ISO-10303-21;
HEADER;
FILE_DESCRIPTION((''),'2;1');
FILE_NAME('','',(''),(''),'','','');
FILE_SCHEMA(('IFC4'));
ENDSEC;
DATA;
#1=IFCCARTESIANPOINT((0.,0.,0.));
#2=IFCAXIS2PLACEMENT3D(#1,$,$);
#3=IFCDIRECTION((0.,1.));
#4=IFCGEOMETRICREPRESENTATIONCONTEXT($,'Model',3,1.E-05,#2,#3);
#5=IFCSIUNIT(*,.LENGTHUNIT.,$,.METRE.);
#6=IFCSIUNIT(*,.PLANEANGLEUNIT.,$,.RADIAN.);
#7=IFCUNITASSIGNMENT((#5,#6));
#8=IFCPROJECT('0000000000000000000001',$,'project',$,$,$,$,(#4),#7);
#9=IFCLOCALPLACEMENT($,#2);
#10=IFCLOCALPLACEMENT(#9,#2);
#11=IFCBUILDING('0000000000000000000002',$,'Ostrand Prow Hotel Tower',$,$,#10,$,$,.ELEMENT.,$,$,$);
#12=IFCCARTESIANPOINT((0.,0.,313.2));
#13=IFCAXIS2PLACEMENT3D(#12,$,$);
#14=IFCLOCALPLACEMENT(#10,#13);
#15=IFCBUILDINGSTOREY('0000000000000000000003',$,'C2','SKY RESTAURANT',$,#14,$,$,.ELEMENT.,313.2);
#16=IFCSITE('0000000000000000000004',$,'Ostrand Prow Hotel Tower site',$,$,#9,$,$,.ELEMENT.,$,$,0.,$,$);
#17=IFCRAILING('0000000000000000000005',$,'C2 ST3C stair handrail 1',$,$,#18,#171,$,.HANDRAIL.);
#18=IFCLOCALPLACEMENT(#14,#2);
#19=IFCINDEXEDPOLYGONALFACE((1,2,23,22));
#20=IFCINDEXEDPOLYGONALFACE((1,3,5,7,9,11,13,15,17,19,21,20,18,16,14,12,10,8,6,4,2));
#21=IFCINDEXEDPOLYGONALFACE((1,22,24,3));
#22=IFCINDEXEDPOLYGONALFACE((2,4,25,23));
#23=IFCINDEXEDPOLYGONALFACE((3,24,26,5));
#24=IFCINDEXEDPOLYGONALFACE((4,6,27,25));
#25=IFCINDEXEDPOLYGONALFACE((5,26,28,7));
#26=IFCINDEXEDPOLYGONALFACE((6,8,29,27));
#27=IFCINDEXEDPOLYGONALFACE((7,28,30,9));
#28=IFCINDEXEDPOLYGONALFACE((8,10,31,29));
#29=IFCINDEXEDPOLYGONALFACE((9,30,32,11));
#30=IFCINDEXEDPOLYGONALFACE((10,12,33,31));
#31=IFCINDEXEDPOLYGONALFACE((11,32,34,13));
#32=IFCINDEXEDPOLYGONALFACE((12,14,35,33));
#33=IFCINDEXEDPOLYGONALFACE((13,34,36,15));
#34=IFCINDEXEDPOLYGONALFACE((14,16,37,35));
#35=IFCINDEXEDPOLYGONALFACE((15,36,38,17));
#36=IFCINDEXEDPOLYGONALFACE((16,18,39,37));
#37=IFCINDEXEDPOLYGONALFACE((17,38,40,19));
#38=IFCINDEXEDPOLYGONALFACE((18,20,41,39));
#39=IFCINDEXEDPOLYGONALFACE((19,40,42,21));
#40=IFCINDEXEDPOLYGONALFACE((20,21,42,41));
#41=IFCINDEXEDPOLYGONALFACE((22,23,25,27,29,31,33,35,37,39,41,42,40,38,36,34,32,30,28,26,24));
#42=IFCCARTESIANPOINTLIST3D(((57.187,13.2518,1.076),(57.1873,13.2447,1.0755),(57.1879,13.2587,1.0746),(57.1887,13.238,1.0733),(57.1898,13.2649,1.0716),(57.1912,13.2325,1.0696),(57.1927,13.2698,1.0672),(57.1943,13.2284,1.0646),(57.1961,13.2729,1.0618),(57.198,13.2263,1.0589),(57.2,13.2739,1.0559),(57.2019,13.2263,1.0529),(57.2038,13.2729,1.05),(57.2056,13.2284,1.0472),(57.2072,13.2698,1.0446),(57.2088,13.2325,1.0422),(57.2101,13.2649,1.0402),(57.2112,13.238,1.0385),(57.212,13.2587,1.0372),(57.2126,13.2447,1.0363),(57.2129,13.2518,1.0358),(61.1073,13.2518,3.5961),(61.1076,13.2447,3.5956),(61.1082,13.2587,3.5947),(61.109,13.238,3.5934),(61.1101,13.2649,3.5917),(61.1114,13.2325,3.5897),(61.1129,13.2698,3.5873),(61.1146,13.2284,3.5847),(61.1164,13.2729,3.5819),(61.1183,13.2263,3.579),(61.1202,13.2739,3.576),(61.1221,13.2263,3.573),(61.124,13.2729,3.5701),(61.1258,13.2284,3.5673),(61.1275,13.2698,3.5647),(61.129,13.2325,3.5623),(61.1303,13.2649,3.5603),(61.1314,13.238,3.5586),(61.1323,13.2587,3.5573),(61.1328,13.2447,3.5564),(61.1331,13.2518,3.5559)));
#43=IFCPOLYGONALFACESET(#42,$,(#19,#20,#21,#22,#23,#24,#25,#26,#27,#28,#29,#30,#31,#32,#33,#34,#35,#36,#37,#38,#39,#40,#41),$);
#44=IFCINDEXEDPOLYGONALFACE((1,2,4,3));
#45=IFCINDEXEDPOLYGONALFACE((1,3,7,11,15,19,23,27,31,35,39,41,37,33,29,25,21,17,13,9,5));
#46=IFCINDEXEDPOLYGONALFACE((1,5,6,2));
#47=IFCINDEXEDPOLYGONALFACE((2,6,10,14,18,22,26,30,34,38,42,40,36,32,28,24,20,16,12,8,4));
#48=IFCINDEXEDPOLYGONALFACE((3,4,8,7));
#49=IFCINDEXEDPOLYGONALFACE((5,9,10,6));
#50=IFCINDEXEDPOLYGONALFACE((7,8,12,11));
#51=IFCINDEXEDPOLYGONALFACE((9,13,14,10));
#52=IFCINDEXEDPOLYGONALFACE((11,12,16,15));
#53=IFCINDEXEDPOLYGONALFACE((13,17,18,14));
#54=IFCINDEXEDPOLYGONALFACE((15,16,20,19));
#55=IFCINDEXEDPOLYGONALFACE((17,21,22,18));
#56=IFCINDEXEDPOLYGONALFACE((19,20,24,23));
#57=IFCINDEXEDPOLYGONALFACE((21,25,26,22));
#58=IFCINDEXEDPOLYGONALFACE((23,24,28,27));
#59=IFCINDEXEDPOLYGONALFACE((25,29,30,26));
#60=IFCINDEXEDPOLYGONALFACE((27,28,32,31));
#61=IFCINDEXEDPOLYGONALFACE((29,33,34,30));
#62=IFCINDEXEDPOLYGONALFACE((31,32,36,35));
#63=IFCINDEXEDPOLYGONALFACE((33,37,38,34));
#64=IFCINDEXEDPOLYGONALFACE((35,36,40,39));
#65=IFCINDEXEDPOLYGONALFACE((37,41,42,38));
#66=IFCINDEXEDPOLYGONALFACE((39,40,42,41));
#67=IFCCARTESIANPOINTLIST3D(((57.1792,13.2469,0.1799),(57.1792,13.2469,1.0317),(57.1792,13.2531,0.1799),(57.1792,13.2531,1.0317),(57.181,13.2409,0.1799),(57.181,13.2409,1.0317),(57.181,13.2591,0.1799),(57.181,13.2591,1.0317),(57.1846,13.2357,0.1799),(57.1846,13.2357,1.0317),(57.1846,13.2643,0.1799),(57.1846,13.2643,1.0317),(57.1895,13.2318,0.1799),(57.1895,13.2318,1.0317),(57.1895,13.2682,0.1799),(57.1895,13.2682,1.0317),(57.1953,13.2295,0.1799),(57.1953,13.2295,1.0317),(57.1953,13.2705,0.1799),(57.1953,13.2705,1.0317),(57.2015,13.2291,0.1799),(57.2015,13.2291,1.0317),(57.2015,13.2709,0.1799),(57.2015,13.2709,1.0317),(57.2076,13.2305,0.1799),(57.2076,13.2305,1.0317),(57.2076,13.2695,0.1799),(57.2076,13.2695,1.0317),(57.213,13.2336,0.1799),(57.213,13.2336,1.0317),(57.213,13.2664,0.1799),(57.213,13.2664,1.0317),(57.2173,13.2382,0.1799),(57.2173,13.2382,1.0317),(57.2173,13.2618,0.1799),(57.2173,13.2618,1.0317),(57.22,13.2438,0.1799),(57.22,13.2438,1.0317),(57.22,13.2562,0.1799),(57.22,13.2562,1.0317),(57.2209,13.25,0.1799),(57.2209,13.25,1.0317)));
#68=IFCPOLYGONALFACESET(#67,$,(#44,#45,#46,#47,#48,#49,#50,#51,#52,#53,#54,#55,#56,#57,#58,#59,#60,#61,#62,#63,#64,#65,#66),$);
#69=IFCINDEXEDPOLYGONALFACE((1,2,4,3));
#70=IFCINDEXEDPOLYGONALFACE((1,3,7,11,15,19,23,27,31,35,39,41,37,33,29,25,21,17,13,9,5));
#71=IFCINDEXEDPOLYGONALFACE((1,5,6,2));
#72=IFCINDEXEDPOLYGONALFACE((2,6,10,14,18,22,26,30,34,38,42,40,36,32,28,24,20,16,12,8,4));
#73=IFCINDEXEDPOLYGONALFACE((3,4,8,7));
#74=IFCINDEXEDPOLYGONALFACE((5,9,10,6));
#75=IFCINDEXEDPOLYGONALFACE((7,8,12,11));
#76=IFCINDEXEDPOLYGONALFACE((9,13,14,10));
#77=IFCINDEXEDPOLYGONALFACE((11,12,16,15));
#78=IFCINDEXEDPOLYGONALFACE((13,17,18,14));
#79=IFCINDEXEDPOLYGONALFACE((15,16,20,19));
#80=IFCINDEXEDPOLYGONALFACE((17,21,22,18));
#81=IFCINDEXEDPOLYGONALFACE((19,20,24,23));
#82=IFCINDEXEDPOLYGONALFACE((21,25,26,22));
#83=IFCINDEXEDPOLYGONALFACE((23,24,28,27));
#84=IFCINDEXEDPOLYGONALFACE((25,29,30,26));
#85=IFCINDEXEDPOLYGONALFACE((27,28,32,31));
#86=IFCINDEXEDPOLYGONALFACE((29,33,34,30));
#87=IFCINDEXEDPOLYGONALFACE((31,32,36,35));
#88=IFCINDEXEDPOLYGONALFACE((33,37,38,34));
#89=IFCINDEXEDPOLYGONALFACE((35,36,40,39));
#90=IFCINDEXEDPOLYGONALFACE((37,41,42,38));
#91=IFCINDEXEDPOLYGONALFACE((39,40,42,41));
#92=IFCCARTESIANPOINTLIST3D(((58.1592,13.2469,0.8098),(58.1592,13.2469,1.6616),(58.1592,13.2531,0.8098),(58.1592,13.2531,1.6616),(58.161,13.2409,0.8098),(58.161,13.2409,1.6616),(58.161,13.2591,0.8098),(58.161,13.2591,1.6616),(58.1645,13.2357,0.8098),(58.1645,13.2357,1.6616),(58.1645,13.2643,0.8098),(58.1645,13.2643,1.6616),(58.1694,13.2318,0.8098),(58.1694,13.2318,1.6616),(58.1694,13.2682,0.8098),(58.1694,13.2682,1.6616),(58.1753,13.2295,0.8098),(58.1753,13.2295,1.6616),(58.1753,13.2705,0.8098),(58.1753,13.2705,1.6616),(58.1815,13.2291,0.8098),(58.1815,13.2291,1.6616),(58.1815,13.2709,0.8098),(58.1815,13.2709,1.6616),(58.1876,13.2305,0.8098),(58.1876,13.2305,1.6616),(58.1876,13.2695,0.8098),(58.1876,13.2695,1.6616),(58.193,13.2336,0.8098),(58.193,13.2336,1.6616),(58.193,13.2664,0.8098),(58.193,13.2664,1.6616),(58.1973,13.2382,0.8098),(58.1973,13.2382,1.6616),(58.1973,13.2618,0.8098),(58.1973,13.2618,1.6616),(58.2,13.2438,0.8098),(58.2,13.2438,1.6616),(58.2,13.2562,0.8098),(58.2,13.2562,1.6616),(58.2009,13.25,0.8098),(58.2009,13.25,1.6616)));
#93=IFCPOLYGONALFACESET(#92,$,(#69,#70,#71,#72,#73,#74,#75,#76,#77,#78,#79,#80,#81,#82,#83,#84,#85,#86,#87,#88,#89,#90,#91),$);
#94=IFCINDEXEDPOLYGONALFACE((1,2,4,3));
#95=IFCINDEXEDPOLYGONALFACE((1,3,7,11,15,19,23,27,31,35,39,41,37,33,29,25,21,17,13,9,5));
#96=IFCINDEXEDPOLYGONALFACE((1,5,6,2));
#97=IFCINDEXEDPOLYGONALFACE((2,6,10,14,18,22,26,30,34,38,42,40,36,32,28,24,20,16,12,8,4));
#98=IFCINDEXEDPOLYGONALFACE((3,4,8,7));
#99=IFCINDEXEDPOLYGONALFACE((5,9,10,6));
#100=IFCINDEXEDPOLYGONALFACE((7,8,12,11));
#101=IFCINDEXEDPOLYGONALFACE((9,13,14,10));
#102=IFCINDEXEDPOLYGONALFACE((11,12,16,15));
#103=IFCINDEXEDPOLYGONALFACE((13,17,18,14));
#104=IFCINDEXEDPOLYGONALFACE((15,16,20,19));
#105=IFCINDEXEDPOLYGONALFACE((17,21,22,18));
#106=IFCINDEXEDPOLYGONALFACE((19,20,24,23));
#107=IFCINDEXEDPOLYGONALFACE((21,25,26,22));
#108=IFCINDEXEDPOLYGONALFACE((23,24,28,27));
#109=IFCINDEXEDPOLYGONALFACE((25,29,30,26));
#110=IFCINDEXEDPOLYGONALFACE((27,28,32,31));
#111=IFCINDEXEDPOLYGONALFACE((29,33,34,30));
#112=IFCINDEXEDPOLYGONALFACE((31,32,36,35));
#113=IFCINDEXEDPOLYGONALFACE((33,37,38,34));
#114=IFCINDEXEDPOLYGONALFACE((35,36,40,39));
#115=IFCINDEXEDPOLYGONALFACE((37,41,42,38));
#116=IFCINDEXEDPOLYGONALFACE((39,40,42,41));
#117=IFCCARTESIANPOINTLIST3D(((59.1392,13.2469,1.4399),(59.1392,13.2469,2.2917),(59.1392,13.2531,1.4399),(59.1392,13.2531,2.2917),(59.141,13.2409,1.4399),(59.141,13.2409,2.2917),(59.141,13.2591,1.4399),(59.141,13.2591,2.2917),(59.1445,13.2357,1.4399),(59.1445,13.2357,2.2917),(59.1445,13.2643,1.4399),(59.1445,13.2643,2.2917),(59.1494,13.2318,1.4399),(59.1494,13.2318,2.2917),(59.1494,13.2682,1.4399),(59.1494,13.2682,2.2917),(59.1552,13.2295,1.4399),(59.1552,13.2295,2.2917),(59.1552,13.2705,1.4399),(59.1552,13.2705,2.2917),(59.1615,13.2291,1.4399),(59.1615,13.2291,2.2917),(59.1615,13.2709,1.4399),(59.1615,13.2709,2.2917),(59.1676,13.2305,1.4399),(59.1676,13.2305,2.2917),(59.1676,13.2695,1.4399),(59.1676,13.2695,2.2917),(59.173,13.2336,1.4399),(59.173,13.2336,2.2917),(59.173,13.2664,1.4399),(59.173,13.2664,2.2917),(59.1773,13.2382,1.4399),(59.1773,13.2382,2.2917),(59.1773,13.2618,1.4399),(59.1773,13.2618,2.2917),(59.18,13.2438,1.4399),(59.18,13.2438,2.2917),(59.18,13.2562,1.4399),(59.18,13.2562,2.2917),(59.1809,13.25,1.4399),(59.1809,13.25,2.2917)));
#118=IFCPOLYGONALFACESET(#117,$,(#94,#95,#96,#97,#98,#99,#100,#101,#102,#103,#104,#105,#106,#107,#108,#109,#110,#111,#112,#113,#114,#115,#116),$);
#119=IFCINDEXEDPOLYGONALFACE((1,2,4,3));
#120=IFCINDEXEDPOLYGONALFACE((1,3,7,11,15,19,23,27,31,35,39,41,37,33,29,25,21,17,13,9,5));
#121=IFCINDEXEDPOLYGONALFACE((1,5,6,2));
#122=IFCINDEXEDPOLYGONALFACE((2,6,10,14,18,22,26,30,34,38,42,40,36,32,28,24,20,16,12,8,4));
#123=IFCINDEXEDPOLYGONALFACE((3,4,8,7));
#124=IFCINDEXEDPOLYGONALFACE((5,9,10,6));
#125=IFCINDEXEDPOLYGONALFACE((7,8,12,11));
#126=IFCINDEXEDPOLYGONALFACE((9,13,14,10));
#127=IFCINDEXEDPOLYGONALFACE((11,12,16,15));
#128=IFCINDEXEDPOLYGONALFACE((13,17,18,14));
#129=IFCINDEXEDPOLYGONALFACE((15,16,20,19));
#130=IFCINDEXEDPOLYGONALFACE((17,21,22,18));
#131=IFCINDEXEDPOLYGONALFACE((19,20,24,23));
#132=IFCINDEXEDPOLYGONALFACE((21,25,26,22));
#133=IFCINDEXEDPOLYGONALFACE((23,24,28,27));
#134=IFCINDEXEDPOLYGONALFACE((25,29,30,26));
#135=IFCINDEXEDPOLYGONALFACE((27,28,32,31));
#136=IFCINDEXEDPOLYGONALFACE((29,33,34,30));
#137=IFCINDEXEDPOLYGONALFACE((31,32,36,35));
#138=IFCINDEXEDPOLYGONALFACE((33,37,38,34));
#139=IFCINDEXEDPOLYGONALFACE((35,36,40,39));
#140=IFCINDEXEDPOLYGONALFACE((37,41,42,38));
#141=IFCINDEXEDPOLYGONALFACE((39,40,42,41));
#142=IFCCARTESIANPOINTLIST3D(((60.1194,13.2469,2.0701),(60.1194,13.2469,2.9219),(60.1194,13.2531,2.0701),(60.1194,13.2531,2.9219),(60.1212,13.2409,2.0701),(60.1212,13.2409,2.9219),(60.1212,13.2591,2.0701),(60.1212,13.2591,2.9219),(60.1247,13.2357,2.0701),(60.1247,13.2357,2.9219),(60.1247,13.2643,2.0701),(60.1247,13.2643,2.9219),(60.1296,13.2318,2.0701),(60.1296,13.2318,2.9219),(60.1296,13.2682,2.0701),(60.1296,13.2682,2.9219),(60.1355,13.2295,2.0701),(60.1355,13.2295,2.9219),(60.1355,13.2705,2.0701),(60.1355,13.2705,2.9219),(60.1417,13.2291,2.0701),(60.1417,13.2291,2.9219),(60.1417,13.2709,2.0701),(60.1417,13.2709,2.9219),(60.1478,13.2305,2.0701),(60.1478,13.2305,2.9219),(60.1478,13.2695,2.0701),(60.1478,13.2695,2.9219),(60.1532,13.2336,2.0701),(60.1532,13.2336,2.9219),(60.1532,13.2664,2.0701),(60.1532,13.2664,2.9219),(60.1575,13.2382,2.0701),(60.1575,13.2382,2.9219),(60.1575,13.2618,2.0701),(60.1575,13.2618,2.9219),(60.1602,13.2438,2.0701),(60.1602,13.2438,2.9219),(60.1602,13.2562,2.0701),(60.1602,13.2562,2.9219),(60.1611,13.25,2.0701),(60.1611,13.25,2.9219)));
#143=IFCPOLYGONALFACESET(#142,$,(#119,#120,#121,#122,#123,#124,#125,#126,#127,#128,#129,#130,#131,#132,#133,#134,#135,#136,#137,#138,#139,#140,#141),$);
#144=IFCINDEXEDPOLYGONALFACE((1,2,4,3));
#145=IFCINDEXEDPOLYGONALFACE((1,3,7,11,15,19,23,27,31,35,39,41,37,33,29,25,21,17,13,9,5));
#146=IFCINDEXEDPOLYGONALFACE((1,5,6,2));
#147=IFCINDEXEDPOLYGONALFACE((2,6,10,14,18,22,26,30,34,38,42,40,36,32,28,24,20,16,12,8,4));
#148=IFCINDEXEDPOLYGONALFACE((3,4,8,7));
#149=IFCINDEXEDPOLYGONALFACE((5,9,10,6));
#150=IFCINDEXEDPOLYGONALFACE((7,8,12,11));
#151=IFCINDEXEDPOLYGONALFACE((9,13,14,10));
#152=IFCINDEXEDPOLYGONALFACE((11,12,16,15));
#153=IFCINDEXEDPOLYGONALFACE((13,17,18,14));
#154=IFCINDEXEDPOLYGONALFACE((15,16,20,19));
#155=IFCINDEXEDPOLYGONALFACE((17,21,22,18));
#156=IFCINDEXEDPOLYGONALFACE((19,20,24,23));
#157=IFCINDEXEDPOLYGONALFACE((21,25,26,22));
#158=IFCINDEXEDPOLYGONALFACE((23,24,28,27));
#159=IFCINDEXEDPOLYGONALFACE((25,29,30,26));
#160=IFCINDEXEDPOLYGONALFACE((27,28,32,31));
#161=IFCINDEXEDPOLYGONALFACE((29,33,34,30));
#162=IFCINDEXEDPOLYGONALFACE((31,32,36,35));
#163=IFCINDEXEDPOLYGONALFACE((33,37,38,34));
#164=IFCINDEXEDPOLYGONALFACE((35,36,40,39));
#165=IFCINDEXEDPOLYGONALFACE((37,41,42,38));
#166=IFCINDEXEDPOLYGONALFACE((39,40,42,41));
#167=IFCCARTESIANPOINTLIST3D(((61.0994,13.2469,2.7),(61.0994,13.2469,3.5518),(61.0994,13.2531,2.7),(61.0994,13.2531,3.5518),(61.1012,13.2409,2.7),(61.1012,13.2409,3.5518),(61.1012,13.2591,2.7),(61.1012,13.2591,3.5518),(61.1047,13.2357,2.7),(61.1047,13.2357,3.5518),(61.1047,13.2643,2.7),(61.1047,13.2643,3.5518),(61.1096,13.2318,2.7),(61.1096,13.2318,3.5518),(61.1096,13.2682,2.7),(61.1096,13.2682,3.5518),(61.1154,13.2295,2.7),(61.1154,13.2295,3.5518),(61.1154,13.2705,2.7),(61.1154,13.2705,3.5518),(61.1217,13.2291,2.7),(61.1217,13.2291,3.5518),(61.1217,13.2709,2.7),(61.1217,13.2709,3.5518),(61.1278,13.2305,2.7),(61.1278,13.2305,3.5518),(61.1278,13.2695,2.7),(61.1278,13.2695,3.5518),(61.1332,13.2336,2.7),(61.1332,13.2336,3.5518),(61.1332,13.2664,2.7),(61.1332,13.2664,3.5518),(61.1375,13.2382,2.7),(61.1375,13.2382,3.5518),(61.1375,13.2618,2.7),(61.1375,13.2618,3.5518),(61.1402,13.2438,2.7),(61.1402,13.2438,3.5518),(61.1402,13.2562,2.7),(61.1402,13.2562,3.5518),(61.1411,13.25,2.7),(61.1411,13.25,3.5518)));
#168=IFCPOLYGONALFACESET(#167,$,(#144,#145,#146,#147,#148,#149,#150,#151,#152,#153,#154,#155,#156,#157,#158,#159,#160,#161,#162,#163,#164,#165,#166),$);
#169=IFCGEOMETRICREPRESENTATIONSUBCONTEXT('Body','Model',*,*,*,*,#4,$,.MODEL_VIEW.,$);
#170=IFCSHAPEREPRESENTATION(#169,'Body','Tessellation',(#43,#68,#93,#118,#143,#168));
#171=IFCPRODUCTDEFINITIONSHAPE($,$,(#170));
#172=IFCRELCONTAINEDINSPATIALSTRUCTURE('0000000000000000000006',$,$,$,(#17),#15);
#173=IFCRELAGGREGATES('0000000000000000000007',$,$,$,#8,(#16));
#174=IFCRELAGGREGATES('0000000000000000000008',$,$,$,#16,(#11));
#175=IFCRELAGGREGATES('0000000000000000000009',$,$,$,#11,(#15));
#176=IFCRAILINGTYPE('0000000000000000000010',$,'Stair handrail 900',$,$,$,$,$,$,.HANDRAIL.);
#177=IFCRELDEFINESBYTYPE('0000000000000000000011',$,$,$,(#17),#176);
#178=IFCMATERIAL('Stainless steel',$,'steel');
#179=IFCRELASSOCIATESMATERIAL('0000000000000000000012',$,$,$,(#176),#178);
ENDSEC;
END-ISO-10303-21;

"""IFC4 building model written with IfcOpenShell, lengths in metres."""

from ifc_helpers import new_model, si_unit, direction, frame, origin, origin_2d, place, context, subcontext, project, spatial, circle, extrude, material, type_object, element, save


model = new_model("IFC4")

# Units and contexts
model_context = context("Model", 3, precision=1e-05, world=origin(), true_north=direction((0.0, 1.0)))
body_context = subcontext(model_context, "Body", "Model", "MODEL_VIEW")
ifc_project = project(units=[si_unit("LENGTHUNIT", "METRE"), si_unit("PLANEANGLEUNIT", "RADIAN")], contexts=[model_context])

# Site, building, storey
site_placement = place(None, origin())
site = spatial("IfcSite", under=ifc_project, at=site_placement, Name="Ostrand Prow Hotel Tower site", CompositionType="ELEMENT", RefElevation=0.0)
building_placement = place(site_placement, origin())
building = spatial("IfcBuilding", under=site, at=building_placement, Name="Ostrand Prow Hotel Tower", CompositionType="ELEMENT")
storey_placement = place(building_placement, frame((0.0, 0.0, 313.2)))
storey = spatial("IfcBuildingStorey", under=building, at=storey_placement, Name="C2", Description="SKY RESTAURANT", CompositionType="ELEMENT", Elevation=313.2)

# Railing
ifc_material_1 = material(Name="Stainless steel", Category="steel")
railing_type_1 = type_object("IfcRailingType", Name="Stair handrail 900", PredefinedType="HANDRAIL", material=ifc_material_1)
railing_1_placement = place(storey_placement, frame((57.2, 13.25, 0.1799)))
element("IfcRailing", 1, at=railing_1_placement, inside=storey, type_object=railing_type_1, Name="C2 ST3C stair handrail 1", PredefinedType="HANDRAIL", context=body_context, shape_type="SweptSolid", body=[
    extrude(circle(Radius=0.0239, at=origin_2d()), frame((0.0, 0.0, 0.876), z_axis=(0.841187, 0.0, 0.540744), x_axis=(0.0, 1.0, 0.0)), (0.0, 0.0, 1.0), 4.6604),
    extrude(circle(Radius=0.021, at=origin_2d()), origin(), (0.0, 0.0, 1.0), 0.8518),
    extrude(circle(Radius=0.021, at=origin_2d()), frame((0.98, 0.0, 0.6299)), (0.0, 0.0, 1.0), 0.8518),
    extrude(circle(Radius=0.021, at=origin_2d()), frame((1.96, 0.0, 1.26)), (0.0, 0.0, 1.0), 0.8518),
    extrude(circle(Radius=0.021, at=origin_2d()), frame((2.9402, 0.0, 1.8901)), (0.0, 0.0, 1.0), 0.8518),
    extrude(circle(Radius=0.021, at=origin_2d()), frame((3.9202, 0.0, 2.52)), (0.0, 0.0, 1.0), 0.8518),
])

save(model, "model.ifc")
